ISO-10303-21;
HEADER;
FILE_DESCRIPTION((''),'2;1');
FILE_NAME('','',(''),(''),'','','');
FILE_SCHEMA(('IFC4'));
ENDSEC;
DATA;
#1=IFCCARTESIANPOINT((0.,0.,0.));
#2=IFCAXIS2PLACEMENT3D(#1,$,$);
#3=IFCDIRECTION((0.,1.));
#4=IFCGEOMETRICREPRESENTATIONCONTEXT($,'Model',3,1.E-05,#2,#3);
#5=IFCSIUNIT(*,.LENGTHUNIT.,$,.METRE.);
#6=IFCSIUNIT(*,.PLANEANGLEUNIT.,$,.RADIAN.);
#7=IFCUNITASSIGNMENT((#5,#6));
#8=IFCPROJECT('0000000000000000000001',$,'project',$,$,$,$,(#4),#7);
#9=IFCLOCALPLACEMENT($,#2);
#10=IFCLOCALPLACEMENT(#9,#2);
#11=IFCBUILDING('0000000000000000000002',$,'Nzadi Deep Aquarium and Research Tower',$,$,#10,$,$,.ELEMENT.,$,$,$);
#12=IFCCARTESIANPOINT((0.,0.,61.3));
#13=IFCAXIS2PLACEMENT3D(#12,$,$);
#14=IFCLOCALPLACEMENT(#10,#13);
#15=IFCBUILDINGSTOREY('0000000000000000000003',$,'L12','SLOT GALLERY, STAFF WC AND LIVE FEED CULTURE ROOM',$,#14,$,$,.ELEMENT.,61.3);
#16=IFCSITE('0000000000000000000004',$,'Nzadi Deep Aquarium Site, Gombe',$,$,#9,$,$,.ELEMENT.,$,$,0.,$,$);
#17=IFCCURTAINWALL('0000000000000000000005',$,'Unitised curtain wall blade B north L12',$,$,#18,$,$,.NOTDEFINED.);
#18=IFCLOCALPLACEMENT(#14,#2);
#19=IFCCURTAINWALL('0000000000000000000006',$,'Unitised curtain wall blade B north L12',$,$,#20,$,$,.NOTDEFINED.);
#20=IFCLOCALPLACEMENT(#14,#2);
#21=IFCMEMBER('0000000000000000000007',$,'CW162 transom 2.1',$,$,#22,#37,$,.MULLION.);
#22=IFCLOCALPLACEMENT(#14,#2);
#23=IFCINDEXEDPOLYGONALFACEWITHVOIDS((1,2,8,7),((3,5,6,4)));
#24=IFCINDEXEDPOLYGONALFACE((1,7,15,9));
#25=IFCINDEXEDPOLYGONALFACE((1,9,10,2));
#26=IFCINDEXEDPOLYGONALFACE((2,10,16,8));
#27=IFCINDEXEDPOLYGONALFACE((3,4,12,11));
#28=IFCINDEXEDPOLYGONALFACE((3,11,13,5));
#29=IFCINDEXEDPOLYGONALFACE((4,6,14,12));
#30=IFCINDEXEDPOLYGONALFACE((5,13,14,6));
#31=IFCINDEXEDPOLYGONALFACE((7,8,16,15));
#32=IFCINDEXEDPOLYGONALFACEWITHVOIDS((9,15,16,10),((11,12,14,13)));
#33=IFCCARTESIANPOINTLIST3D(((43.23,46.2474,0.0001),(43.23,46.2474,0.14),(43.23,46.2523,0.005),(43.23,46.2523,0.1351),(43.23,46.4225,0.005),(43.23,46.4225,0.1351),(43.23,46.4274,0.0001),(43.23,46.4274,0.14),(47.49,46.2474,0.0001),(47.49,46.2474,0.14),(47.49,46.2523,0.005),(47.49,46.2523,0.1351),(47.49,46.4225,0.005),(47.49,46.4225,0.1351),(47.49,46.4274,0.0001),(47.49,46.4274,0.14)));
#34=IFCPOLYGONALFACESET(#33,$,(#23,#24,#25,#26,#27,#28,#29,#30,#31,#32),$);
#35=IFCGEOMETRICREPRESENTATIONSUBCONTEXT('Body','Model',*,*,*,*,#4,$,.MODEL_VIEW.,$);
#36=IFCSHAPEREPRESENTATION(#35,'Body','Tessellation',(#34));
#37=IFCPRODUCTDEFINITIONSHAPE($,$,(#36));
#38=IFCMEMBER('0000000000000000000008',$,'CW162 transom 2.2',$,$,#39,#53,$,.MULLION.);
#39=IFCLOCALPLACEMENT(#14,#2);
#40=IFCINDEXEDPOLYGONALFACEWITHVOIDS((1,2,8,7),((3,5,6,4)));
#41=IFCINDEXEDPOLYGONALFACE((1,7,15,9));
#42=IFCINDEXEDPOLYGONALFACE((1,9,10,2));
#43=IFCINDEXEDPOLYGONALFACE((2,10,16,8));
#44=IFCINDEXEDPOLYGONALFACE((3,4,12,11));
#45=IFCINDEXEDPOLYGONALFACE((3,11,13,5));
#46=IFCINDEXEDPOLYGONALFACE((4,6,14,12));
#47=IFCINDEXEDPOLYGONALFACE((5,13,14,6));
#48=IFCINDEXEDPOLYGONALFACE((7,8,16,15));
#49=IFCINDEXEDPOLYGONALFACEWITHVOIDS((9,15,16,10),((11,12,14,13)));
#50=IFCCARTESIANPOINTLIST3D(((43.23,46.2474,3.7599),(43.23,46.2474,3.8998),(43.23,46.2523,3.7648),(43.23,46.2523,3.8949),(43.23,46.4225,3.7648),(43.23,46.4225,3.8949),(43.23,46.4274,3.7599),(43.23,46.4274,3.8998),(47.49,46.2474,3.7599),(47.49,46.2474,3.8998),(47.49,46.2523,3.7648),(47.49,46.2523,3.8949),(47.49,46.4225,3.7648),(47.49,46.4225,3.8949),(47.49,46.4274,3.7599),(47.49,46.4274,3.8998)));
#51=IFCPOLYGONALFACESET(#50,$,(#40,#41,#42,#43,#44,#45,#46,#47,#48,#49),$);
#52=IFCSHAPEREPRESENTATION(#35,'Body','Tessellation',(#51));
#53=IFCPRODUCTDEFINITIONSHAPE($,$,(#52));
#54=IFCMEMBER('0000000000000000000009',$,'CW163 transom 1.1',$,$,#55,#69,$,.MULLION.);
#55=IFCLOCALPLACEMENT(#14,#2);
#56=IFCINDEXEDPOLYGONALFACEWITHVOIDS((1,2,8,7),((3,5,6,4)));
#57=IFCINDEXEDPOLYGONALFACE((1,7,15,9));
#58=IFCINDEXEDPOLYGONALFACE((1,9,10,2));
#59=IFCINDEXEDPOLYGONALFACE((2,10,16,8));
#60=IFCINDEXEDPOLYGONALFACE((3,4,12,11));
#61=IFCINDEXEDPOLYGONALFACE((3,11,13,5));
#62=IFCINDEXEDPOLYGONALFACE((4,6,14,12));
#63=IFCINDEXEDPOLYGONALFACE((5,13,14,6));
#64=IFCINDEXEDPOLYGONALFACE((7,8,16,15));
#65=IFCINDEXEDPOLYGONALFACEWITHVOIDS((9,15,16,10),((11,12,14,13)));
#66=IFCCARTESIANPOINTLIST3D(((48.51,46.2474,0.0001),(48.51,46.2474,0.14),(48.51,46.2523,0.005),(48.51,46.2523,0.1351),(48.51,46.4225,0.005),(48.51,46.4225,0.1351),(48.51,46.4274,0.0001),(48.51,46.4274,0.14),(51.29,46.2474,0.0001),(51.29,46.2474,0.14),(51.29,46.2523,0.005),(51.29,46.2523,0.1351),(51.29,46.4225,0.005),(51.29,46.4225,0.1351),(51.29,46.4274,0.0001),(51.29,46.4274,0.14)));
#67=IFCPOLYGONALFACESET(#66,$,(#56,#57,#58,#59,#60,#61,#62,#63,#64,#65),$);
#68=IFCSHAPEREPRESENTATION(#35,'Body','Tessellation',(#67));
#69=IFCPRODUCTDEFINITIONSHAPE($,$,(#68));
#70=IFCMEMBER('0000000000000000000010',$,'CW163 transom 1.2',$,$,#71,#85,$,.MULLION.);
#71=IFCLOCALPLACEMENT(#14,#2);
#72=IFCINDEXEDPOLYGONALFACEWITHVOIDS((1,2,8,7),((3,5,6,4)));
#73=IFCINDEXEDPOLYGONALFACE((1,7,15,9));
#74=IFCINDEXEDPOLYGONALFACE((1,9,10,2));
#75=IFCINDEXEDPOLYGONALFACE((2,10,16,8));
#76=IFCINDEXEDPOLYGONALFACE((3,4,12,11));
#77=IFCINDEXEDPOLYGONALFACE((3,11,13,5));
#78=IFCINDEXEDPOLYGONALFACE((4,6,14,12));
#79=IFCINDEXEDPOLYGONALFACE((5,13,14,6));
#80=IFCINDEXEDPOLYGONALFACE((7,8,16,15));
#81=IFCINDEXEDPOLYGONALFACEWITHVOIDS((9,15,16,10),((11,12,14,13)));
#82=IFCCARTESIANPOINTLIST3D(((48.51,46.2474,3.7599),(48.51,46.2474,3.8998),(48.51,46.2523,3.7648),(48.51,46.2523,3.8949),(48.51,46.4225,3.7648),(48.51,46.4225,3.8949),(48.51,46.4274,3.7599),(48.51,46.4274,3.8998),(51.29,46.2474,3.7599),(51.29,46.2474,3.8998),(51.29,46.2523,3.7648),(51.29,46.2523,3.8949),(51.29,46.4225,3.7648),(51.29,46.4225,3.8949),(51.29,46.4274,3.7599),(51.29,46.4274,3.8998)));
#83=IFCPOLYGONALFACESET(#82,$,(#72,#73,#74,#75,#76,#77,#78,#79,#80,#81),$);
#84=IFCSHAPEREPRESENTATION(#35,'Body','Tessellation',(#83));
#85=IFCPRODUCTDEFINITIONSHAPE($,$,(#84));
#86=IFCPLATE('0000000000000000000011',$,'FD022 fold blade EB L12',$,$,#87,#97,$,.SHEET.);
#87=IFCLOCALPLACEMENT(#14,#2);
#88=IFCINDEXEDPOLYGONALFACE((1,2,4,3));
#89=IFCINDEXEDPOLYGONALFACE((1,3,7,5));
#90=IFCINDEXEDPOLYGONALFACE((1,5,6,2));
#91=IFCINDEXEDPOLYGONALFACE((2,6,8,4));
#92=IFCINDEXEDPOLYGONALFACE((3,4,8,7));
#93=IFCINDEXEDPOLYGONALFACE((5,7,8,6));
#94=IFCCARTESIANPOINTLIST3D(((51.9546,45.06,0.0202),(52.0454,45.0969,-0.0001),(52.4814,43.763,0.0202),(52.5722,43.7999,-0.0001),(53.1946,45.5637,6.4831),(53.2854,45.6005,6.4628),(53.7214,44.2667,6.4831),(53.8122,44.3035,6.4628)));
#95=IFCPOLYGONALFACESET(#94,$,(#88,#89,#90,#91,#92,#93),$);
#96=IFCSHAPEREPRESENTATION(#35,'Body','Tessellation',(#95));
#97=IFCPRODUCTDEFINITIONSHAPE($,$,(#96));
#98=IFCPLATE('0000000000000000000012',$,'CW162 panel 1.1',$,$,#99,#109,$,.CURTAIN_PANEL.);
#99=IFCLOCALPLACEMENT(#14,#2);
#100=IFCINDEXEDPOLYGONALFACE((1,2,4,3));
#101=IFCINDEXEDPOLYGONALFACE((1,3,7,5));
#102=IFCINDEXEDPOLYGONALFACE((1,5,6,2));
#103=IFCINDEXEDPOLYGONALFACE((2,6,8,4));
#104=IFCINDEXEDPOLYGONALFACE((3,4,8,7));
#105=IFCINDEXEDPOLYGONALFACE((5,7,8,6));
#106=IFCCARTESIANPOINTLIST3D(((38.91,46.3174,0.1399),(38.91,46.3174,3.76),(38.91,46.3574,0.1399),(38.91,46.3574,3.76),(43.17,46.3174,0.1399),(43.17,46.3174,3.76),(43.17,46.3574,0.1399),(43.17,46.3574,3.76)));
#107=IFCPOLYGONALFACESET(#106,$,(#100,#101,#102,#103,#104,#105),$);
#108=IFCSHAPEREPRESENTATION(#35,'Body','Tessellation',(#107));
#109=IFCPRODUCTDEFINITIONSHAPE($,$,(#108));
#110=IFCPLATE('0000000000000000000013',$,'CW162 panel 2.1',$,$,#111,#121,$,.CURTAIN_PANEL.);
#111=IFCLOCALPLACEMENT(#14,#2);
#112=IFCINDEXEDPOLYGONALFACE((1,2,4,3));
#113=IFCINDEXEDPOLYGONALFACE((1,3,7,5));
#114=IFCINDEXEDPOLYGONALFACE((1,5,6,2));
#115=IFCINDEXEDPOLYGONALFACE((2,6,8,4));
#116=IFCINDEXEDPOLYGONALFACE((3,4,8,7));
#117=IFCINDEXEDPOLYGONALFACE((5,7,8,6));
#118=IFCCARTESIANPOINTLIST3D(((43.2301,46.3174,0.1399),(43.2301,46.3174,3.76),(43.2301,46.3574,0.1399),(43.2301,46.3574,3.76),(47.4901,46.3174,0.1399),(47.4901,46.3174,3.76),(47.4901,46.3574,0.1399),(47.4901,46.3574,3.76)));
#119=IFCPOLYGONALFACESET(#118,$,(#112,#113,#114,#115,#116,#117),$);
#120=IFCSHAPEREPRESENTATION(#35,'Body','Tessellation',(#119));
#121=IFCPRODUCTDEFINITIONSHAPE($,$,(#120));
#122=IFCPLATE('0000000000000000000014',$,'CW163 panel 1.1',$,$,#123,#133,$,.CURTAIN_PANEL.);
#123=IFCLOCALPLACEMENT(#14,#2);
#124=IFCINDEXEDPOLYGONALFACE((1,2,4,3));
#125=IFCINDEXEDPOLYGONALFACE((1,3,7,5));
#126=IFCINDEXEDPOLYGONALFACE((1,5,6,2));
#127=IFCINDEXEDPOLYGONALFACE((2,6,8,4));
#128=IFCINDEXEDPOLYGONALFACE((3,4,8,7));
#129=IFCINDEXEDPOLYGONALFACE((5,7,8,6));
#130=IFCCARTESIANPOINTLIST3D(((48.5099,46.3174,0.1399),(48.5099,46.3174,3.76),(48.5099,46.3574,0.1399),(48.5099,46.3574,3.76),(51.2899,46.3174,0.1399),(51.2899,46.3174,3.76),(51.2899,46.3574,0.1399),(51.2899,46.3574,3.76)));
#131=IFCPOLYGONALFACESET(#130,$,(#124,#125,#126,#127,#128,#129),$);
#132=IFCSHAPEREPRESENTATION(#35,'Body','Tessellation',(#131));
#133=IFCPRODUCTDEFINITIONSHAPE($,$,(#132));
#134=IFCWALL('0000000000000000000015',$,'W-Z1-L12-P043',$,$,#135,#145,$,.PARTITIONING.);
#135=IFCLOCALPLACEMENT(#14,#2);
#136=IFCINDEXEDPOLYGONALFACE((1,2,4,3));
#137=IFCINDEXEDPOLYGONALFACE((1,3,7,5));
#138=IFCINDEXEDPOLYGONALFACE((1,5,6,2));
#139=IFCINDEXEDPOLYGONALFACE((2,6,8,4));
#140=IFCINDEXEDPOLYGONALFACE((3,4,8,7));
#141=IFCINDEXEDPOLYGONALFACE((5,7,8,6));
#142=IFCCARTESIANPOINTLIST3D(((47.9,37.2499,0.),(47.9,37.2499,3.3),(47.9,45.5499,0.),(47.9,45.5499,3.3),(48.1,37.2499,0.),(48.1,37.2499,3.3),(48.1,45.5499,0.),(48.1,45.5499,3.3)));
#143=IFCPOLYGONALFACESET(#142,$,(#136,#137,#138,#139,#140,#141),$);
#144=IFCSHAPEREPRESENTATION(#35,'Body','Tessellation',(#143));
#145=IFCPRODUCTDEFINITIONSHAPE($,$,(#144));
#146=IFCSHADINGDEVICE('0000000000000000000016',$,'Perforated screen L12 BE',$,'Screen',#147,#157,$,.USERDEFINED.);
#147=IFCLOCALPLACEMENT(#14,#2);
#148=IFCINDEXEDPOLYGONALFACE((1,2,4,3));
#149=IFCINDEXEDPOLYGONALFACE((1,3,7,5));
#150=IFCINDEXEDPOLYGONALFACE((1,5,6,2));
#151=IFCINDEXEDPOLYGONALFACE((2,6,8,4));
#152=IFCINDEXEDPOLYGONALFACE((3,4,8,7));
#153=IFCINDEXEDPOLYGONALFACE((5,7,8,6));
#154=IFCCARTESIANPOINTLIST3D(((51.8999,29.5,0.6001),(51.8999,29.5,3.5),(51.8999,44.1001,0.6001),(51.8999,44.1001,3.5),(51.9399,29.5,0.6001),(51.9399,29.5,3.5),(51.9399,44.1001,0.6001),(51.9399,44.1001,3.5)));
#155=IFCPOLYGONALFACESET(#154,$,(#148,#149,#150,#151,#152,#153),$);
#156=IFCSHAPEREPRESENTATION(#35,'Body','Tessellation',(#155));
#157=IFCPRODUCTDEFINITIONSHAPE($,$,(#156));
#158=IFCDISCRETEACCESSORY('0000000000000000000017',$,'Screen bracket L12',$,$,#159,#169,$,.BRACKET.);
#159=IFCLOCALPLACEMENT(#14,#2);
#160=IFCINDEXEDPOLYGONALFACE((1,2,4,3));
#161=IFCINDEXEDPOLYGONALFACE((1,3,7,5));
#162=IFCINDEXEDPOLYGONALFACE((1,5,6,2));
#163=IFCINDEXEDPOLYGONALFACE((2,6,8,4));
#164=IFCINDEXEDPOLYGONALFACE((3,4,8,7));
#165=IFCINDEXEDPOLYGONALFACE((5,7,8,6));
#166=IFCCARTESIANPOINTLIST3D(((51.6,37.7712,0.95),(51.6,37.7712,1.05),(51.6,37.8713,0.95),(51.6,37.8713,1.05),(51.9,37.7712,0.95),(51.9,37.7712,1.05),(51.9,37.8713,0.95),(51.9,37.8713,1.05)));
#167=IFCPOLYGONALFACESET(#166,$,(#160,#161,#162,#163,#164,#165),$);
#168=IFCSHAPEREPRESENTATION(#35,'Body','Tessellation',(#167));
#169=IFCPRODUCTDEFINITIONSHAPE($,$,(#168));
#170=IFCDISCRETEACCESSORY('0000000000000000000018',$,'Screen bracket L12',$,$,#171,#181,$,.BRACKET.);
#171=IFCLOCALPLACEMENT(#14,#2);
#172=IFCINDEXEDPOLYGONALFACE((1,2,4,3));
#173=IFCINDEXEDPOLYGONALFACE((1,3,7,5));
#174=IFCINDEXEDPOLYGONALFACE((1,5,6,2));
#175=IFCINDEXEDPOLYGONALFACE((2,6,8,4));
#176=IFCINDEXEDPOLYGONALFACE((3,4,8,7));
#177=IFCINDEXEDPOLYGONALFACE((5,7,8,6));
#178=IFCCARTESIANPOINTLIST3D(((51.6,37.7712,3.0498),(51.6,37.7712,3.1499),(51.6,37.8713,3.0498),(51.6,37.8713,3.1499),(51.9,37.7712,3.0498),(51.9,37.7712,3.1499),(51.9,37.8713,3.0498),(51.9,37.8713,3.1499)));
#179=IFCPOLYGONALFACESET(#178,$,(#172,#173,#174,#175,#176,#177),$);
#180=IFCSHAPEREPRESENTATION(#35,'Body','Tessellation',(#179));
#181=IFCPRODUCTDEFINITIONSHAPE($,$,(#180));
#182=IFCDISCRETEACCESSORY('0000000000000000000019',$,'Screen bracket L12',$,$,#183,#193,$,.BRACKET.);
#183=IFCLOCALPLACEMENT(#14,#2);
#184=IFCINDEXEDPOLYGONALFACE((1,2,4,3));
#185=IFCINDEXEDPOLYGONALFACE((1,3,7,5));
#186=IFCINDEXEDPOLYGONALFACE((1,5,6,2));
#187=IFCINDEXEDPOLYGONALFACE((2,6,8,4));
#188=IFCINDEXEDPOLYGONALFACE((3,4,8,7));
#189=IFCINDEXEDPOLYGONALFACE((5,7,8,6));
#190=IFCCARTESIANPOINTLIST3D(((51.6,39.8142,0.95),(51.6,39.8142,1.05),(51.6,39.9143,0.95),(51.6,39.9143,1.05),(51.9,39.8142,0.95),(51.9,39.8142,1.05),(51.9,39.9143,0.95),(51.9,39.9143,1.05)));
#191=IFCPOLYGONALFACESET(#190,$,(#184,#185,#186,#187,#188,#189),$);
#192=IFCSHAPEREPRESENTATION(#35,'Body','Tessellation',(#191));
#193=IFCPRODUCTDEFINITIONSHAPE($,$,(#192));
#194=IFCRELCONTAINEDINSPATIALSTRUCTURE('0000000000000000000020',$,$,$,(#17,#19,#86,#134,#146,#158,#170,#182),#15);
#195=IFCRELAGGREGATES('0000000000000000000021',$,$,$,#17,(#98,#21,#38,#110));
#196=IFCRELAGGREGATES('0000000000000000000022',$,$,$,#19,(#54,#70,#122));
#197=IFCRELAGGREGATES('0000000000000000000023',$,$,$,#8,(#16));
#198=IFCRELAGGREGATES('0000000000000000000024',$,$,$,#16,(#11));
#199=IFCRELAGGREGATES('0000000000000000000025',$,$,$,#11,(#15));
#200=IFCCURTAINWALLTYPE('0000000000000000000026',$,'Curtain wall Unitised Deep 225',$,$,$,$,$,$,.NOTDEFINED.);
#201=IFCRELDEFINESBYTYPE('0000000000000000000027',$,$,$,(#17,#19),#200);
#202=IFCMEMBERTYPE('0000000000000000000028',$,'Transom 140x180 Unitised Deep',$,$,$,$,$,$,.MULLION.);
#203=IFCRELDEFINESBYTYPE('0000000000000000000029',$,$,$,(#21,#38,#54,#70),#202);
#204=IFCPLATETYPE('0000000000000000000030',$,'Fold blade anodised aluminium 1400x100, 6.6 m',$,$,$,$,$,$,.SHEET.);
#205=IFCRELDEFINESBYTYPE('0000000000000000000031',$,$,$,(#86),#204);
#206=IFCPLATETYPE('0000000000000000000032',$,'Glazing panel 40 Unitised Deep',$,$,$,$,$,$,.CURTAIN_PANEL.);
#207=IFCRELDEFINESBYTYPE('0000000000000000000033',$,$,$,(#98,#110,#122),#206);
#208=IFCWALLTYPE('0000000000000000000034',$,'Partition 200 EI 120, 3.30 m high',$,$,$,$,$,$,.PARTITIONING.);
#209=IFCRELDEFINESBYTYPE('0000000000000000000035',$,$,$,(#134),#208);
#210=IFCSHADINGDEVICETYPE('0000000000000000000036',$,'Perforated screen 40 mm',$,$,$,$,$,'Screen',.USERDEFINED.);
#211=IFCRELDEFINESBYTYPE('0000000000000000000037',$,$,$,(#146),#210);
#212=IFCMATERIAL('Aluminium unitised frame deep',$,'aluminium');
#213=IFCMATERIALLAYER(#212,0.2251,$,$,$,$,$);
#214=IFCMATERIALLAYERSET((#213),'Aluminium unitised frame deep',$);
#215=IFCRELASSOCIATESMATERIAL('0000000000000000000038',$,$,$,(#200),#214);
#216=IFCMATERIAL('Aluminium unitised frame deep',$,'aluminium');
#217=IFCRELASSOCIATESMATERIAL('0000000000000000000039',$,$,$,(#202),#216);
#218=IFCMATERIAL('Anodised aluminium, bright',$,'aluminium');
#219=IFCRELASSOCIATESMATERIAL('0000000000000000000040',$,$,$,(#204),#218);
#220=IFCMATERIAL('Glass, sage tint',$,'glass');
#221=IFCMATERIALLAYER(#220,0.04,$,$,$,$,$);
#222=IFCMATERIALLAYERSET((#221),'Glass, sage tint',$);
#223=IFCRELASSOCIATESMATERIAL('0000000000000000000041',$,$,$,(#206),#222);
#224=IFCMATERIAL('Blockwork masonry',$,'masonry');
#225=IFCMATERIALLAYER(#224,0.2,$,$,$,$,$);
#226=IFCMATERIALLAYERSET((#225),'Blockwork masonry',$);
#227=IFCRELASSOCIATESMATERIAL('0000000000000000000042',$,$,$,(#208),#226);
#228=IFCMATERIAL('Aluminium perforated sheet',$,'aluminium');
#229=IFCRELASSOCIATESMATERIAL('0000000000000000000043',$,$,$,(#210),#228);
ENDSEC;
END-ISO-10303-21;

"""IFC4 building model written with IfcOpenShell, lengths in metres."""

from ifc_helpers import new_model, si_unit, direction, frame, frame_2d, origin, origin_2d, place, context, subcontext, project, spatial, rectangle, hollow_rectangle, extrude, material, layer, layer_set, material_profile, profile_set, type_object, element, aggregate, save


model = new_model("IFC4")

# Units and contexts
model_context = context("Model", 3, precision=1e-05, world=origin(), true_north=direction((0.0, 1.0)))
body_context = subcontext(model_context, "Body", "Model", "MODEL_VIEW")
ifc_project = project(units=[si_unit("LENGTHUNIT", "METRE"), si_unit("PLANEANGLEUNIT", "RADIAN")], contexts=[model_context])

# Site, building, storey
site_placement = place(None, origin())
site = spatial("IfcSite", under=ifc_project, at=site_placement, Name="Nzadi Deep Aquarium Site, Gombe", CompositionType="ELEMENT", RefElevation=0.0)
building_placement = place(site_placement, origin())
building = spatial("IfcBuilding", under=site, at=building_placement, Name="Nzadi Deep Aquarium and Research Tower", CompositionType="ELEMENT")
storey_placement = place(building_placement, frame((0.0, 0.0, 61.3)))
storey = spatial("IfcBuildingStorey", under=building, at=storey_placement, Name="L12", Description="SLOT GALLERY, STAFF WC AND LIVE FEED CULTURE ROOM", CompositionType="ELEMENT", Elevation=61.3)

# Curtain walls
ifc_material_1 = material(Name="Aluminium unitised frame deep", Category="aluminium")
ifc_layer_1 = layer(ifc_material_1, 0.2251)
ifc_layer_set_1 = layer_set([ifc_layer_1], Name="Aluminium unitised frame deep")
curtain_wall_type = type_object("IfcCurtainWallType", Name="Curtain wall Unitised Deep 225", PredefinedType="NOTDEFINED", material=ifc_layer_set_1)
curtain_wall_1_placement = place(storey_placement, origin())
curtain_wall_1 = element("IfcCurtainWall", 1, at=curtain_wall_1_placement, inside=storey, type_object=curtain_wall_type, Name="Unitised curtain wall blade B north L12", PredefinedType="NOTDEFINED")
curtain_wall_2_placement = place(storey_placement, origin())
curtain_wall_2 = element("IfcCurtainWall", 2, at=curtain_wall_2_placement, inside=storey, type_object=curtain_wall_type, Name="Unitised curtain wall blade B north L12", PredefinedType="NOTDEFINED")

# Members
ifc_material_2 = material(Name="Aluminium unitised frame deep", Category="aluminium")
ifc_material_profile_1 = material_profile(ifc_material_2, hollow_rectangle(XDim=0.1799, YDim=0.1399, WallThickness=0.0049, at=origin_2d()))
ifc_profile_set_1 = profile_set([ifc_material_profile_1], Name="Aluminium unitised frame deep")
member_type_1 = type_object("IfcMemberType", Name="Transom 140x180 Unitised Deep", PredefinedType="MULLION", material=ifc_profile_set_1)
member_1_placement = place(storey_placement, frame((43.23, 46.3374, 0.0701), z_axis=(1.0, 0.0, 0.0), x_axis=(0.0, 1.0, 0.0)))
member_1 = element("IfcMember", 3, at=member_1_placement, type_object=member_type_1, Name="CW162 transom 2.1", PredefinedType="MULLION", context=body_context, shape_type="SweptSolid", body=[
    extrude(hollow_rectangle(XDim=0.1799, YDim=0.1399, WallThickness=0.0049, at=origin_2d()), origin(), (0.0, 0.0, 1.0), 4.26),
])
member_2_placement = place(storey_placement, frame((43.23, 46.3374, 3.8298), z_axis=(1.0, 0.0, 0.0), x_axis=(0.0, 1.0, 0.0)))
member_2 = element("IfcMember", 4, at=member_2_placement, type_object=member_type_1, Name="CW162 transom 2.2", PredefinedType="MULLION", context=body_context, shape_type="SweptSolid", body=[
    extrude(hollow_rectangle(XDim=0.1799, YDim=0.1399, WallThickness=0.0049, at=origin_2d()), origin(), (0.0, 0.0, 1.0), 4.26),
])
member_3_placement = place(storey_placement, frame((48.51, 46.3374, 0.0701), z_axis=(1.0, 0.0, 0.0), x_axis=(0.0, 1.0, 0.0)))
member_3 = element("IfcMember", 5, at=member_3_placement, type_object=member_type_1, Name="CW163 transom 1.1", PredefinedType="MULLION", context=body_context, shape_type="SweptSolid", body=[
    extrude(hollow_rectangle(XDim=0.1799, YDim=0.1399, WallThickness=0.0049, at=origin_2d()), origin(), (0.0, 0.0, 1.0), 2.78),
])
member_4_placement = place(storey_placement, frame((48.51, 46.3374, 3.8298), z_axis=(1.0, 0.0, 0.0), x_axis=(0.0, 1.0, 0.0)))
member_4 = element("IfcMember", 6, at=member_4_placement, type_object=member_type_1, Name="CW163 transom 1.2", PredefinedType="MULLION", context=body_context, shape_type="SweptSolid", body=[
    extrude(hollow_rectangle(XDim=0.1799, YDim=0.1399, WallThickness=0.0049, at=origin_2d()), origin(), (0.0, 0.0, 1.0), 2.78),
])

# Plates
ifc_material_3 = material(Name="Anodised aluminium, bright", Category="aluminium")
ifc_material_profile_2 = material_profile(ifc_material_3, rectangle(XDim=1.3999, YDim=0.1001, at=origin_2d()))
ifc_profile_set_2 = profile_set([ifc_material_profile_2], Name="Anodised aluminium, bright")
plate_type_1 = type_object("IfcPlateType", Name="Fold blade anodised aluminium 1400x100, 6.6 m", PredefinedType="SHEET", material=ifc_profile_set_2)
plate_1_placement = place(storey_placement, frame((52.2634, 44.4299, 0.01), z_axis=(0.187877, 0.076312, 0.979224), x_axis=(-0.376323, 0.926488, 0.0)))
element("IfcPlate", 7, at=plate_1_placement, inside=storey, type_object=plate_type_1, Name="FD022 fold blade EB L12", PredefinedType="SHEET", context=body_context, shape_type="SweptSolid", body=[
    extrude(rectangle(XDim=1.3999, YDim=0.1001, at=origin_2d()), origin(), (0.0, 0.0, 1.0), 6.6001),
])
ifc_material_4 = material(Name="Glass, sage tint", Category="glass")
ifc_layer_2 = layer(ifc_material_4, 0.04)
ifc_layer_set_2 = layer_set([ifc_layer_2], Name="Glass, sage tint")
plate_type_2 = type_object("IfcPlateType", Name="Glazing panel 40 Unitised Deep", PredefinedType="CURTAIN_PANEL", material=ifc_layer_set_2)
plate_2_placement = place(storey_placement, frame((41.04, 46.3374, 0.1399), z_axis=(0.0, 0.0, 1.0), x_axis=(1.0, 0.0, 0.0)))
plate_2 = element("IfcPlate", 8, at=plate_2_placement, type_object=plate_type_2, Name="CW162 panel 1.1", PredefinedType="CURTAIN_PANEL", context=body_context, shape_type="SweptSolid", body=[
    extrude(rectangle(XDim=4.26, YDim=0.04, at=origin_2d()), origin(), (0.0, 0.0, 1.0), 3.6201),
])
plate_3_placement = place(storey_placement, frame((45.3601, 46.3374, 0.1399), z_axis=(0.0, 0.0, 1.0), x_axis=(1.0, 0.0, 0.0)))
plate_3 = element("IfcPlate", 9, at=plate_3_placement, type_object=plate_type_2, Name="CW162 panel 2.1", PredefinedType="CURTAIN_PANEL", context=body_context, shape_type="SweptSolid", body=[
    extrude(rectangle(XDim=4.26, YDim=0.04, at=origin_2d()), origin(), (0.0, 0.0, 1.0), 3.6201),
])
aggregate(curtain_wall_1, [plate_2, member_1, member_2, plate_3])
plate_4_placement = place(storey_placement, frame((49.8999, 46.3374, 0.1399), z_axis=(0.0, 0.0, 1.0), x_axis=(1.0, 0.0, 0.0)))
plate_4 = element("IfcPlate", 10, at=plate_4_placement, type_object=plate_type_2, Name="CW163 panel 1.1", PredefinedType="CURTAIN_PANEL", context=body_context, shape_type="SweptSolid", body=[
    extrude(rectangle(XDim=2.78, YDim=0.04, at=origin_2d()), origin(), (0.0, 0.0, 1.0), 3.6201),
])
aggregate(curtain_wall_2, [member_3, member_4, plate_4])

# Wall
ifc_material_5 = material(Name="Blockwork masonry", Category="masonry")
ifc_layer_3 = layer(ifc_material_5, 0.2)
ifc_layer_set_3 = layer_set([ifc_layer_3], Name="Blockwork masonry")
wall_type = type_object("IfcWallType", Name="Partition 200 EI 120, 3.30 m high", PredefinedType="PARTITIONING", material=ifc_layer_set_3)
wall_placement = place(storey_placement, frame((48.0, 37.25, 0.0), z_axis=(0.0, 0.0, 1.0), x_axis=(0.0, 1.0, 0.0)))
element("IfcWall", 11, at=wall_placement, inside=storey, type_object=wall_type, Name="W-Z1-L12-P043", PredefinedType="PARTITIONING", context=body_context, shape_type="SweptSolid", body=[
    extrude(rectangle(XDim=8.3, YDim=0.2, at=frame_2d((4.1499, 0.0))), origin(), (0.0, 0.0, 1.0), 3.3),
])

# Shading device
ifc_material_6 = material(Name="Aluminium perforated sheet", Category="aluminium")
shading_device_type = type_object("IfcShadingDeviceType", Name="Perforated screen 40 mm", ElementType="Screen", PredefinedType="USERDEFINED", material=ifc_material_6)
shading_device_placement = place(storey_placement, frame((51.9199, 36.8, 0.6001), z_axis=(0.0, 0.0, 1.0), x_axis=(1.0, 0.0, 0.0)))
element("IfcShadingDevice", 12, at=shading_device_placement, inside=storey, type_object=shading_device_type, Name="Perforated screen L12 BE", ObjectType="Screen", PredefinedType="USERDEFINED", context=body_context, shape_type="SweptSolid", body=[
    extrude(rectangle(XDim=0.04, YDim=14.6001, at=origin_2d()), origin(), (0.0, 0.0, 1.0), 2.8999),
])

# Discrete accessories
for number, where, z_axis, x_axis, name in (
    (13, (51.75, 37.8213, 0.95), (0.0, 0.0, 1.0), (1.0, 0.0, 0.0), "Screen bracket L12"),
    (14, (51.75, 37.8213, 3.0498), (0.0, 0.0, 1.0), (1.0, 0.0, 0.0), "Screen bracket L12"),
    (15, (51.75, 39.8643, 0.95), (0.0, 0.0, 1.0), (1.0, 0.0, 0.0), "Screen bracket L12"),
):
    element("IfcDiscreteAccessory", number, at=place(storey_placement, frame(where, z_axis=z_axis, x_axis=x_axis)), inside=storey, Name=name, PredefinedType="BRACKET", context=body_context, shape_type="SweptSolid", body=[
        extrude(rectangle(XDim=0.3, YDim=0.1001, at=origin_2d()), origin(), (0.0, 0.0, 1.0), 0.1001),
    ])

save(model, "model.ifc")
